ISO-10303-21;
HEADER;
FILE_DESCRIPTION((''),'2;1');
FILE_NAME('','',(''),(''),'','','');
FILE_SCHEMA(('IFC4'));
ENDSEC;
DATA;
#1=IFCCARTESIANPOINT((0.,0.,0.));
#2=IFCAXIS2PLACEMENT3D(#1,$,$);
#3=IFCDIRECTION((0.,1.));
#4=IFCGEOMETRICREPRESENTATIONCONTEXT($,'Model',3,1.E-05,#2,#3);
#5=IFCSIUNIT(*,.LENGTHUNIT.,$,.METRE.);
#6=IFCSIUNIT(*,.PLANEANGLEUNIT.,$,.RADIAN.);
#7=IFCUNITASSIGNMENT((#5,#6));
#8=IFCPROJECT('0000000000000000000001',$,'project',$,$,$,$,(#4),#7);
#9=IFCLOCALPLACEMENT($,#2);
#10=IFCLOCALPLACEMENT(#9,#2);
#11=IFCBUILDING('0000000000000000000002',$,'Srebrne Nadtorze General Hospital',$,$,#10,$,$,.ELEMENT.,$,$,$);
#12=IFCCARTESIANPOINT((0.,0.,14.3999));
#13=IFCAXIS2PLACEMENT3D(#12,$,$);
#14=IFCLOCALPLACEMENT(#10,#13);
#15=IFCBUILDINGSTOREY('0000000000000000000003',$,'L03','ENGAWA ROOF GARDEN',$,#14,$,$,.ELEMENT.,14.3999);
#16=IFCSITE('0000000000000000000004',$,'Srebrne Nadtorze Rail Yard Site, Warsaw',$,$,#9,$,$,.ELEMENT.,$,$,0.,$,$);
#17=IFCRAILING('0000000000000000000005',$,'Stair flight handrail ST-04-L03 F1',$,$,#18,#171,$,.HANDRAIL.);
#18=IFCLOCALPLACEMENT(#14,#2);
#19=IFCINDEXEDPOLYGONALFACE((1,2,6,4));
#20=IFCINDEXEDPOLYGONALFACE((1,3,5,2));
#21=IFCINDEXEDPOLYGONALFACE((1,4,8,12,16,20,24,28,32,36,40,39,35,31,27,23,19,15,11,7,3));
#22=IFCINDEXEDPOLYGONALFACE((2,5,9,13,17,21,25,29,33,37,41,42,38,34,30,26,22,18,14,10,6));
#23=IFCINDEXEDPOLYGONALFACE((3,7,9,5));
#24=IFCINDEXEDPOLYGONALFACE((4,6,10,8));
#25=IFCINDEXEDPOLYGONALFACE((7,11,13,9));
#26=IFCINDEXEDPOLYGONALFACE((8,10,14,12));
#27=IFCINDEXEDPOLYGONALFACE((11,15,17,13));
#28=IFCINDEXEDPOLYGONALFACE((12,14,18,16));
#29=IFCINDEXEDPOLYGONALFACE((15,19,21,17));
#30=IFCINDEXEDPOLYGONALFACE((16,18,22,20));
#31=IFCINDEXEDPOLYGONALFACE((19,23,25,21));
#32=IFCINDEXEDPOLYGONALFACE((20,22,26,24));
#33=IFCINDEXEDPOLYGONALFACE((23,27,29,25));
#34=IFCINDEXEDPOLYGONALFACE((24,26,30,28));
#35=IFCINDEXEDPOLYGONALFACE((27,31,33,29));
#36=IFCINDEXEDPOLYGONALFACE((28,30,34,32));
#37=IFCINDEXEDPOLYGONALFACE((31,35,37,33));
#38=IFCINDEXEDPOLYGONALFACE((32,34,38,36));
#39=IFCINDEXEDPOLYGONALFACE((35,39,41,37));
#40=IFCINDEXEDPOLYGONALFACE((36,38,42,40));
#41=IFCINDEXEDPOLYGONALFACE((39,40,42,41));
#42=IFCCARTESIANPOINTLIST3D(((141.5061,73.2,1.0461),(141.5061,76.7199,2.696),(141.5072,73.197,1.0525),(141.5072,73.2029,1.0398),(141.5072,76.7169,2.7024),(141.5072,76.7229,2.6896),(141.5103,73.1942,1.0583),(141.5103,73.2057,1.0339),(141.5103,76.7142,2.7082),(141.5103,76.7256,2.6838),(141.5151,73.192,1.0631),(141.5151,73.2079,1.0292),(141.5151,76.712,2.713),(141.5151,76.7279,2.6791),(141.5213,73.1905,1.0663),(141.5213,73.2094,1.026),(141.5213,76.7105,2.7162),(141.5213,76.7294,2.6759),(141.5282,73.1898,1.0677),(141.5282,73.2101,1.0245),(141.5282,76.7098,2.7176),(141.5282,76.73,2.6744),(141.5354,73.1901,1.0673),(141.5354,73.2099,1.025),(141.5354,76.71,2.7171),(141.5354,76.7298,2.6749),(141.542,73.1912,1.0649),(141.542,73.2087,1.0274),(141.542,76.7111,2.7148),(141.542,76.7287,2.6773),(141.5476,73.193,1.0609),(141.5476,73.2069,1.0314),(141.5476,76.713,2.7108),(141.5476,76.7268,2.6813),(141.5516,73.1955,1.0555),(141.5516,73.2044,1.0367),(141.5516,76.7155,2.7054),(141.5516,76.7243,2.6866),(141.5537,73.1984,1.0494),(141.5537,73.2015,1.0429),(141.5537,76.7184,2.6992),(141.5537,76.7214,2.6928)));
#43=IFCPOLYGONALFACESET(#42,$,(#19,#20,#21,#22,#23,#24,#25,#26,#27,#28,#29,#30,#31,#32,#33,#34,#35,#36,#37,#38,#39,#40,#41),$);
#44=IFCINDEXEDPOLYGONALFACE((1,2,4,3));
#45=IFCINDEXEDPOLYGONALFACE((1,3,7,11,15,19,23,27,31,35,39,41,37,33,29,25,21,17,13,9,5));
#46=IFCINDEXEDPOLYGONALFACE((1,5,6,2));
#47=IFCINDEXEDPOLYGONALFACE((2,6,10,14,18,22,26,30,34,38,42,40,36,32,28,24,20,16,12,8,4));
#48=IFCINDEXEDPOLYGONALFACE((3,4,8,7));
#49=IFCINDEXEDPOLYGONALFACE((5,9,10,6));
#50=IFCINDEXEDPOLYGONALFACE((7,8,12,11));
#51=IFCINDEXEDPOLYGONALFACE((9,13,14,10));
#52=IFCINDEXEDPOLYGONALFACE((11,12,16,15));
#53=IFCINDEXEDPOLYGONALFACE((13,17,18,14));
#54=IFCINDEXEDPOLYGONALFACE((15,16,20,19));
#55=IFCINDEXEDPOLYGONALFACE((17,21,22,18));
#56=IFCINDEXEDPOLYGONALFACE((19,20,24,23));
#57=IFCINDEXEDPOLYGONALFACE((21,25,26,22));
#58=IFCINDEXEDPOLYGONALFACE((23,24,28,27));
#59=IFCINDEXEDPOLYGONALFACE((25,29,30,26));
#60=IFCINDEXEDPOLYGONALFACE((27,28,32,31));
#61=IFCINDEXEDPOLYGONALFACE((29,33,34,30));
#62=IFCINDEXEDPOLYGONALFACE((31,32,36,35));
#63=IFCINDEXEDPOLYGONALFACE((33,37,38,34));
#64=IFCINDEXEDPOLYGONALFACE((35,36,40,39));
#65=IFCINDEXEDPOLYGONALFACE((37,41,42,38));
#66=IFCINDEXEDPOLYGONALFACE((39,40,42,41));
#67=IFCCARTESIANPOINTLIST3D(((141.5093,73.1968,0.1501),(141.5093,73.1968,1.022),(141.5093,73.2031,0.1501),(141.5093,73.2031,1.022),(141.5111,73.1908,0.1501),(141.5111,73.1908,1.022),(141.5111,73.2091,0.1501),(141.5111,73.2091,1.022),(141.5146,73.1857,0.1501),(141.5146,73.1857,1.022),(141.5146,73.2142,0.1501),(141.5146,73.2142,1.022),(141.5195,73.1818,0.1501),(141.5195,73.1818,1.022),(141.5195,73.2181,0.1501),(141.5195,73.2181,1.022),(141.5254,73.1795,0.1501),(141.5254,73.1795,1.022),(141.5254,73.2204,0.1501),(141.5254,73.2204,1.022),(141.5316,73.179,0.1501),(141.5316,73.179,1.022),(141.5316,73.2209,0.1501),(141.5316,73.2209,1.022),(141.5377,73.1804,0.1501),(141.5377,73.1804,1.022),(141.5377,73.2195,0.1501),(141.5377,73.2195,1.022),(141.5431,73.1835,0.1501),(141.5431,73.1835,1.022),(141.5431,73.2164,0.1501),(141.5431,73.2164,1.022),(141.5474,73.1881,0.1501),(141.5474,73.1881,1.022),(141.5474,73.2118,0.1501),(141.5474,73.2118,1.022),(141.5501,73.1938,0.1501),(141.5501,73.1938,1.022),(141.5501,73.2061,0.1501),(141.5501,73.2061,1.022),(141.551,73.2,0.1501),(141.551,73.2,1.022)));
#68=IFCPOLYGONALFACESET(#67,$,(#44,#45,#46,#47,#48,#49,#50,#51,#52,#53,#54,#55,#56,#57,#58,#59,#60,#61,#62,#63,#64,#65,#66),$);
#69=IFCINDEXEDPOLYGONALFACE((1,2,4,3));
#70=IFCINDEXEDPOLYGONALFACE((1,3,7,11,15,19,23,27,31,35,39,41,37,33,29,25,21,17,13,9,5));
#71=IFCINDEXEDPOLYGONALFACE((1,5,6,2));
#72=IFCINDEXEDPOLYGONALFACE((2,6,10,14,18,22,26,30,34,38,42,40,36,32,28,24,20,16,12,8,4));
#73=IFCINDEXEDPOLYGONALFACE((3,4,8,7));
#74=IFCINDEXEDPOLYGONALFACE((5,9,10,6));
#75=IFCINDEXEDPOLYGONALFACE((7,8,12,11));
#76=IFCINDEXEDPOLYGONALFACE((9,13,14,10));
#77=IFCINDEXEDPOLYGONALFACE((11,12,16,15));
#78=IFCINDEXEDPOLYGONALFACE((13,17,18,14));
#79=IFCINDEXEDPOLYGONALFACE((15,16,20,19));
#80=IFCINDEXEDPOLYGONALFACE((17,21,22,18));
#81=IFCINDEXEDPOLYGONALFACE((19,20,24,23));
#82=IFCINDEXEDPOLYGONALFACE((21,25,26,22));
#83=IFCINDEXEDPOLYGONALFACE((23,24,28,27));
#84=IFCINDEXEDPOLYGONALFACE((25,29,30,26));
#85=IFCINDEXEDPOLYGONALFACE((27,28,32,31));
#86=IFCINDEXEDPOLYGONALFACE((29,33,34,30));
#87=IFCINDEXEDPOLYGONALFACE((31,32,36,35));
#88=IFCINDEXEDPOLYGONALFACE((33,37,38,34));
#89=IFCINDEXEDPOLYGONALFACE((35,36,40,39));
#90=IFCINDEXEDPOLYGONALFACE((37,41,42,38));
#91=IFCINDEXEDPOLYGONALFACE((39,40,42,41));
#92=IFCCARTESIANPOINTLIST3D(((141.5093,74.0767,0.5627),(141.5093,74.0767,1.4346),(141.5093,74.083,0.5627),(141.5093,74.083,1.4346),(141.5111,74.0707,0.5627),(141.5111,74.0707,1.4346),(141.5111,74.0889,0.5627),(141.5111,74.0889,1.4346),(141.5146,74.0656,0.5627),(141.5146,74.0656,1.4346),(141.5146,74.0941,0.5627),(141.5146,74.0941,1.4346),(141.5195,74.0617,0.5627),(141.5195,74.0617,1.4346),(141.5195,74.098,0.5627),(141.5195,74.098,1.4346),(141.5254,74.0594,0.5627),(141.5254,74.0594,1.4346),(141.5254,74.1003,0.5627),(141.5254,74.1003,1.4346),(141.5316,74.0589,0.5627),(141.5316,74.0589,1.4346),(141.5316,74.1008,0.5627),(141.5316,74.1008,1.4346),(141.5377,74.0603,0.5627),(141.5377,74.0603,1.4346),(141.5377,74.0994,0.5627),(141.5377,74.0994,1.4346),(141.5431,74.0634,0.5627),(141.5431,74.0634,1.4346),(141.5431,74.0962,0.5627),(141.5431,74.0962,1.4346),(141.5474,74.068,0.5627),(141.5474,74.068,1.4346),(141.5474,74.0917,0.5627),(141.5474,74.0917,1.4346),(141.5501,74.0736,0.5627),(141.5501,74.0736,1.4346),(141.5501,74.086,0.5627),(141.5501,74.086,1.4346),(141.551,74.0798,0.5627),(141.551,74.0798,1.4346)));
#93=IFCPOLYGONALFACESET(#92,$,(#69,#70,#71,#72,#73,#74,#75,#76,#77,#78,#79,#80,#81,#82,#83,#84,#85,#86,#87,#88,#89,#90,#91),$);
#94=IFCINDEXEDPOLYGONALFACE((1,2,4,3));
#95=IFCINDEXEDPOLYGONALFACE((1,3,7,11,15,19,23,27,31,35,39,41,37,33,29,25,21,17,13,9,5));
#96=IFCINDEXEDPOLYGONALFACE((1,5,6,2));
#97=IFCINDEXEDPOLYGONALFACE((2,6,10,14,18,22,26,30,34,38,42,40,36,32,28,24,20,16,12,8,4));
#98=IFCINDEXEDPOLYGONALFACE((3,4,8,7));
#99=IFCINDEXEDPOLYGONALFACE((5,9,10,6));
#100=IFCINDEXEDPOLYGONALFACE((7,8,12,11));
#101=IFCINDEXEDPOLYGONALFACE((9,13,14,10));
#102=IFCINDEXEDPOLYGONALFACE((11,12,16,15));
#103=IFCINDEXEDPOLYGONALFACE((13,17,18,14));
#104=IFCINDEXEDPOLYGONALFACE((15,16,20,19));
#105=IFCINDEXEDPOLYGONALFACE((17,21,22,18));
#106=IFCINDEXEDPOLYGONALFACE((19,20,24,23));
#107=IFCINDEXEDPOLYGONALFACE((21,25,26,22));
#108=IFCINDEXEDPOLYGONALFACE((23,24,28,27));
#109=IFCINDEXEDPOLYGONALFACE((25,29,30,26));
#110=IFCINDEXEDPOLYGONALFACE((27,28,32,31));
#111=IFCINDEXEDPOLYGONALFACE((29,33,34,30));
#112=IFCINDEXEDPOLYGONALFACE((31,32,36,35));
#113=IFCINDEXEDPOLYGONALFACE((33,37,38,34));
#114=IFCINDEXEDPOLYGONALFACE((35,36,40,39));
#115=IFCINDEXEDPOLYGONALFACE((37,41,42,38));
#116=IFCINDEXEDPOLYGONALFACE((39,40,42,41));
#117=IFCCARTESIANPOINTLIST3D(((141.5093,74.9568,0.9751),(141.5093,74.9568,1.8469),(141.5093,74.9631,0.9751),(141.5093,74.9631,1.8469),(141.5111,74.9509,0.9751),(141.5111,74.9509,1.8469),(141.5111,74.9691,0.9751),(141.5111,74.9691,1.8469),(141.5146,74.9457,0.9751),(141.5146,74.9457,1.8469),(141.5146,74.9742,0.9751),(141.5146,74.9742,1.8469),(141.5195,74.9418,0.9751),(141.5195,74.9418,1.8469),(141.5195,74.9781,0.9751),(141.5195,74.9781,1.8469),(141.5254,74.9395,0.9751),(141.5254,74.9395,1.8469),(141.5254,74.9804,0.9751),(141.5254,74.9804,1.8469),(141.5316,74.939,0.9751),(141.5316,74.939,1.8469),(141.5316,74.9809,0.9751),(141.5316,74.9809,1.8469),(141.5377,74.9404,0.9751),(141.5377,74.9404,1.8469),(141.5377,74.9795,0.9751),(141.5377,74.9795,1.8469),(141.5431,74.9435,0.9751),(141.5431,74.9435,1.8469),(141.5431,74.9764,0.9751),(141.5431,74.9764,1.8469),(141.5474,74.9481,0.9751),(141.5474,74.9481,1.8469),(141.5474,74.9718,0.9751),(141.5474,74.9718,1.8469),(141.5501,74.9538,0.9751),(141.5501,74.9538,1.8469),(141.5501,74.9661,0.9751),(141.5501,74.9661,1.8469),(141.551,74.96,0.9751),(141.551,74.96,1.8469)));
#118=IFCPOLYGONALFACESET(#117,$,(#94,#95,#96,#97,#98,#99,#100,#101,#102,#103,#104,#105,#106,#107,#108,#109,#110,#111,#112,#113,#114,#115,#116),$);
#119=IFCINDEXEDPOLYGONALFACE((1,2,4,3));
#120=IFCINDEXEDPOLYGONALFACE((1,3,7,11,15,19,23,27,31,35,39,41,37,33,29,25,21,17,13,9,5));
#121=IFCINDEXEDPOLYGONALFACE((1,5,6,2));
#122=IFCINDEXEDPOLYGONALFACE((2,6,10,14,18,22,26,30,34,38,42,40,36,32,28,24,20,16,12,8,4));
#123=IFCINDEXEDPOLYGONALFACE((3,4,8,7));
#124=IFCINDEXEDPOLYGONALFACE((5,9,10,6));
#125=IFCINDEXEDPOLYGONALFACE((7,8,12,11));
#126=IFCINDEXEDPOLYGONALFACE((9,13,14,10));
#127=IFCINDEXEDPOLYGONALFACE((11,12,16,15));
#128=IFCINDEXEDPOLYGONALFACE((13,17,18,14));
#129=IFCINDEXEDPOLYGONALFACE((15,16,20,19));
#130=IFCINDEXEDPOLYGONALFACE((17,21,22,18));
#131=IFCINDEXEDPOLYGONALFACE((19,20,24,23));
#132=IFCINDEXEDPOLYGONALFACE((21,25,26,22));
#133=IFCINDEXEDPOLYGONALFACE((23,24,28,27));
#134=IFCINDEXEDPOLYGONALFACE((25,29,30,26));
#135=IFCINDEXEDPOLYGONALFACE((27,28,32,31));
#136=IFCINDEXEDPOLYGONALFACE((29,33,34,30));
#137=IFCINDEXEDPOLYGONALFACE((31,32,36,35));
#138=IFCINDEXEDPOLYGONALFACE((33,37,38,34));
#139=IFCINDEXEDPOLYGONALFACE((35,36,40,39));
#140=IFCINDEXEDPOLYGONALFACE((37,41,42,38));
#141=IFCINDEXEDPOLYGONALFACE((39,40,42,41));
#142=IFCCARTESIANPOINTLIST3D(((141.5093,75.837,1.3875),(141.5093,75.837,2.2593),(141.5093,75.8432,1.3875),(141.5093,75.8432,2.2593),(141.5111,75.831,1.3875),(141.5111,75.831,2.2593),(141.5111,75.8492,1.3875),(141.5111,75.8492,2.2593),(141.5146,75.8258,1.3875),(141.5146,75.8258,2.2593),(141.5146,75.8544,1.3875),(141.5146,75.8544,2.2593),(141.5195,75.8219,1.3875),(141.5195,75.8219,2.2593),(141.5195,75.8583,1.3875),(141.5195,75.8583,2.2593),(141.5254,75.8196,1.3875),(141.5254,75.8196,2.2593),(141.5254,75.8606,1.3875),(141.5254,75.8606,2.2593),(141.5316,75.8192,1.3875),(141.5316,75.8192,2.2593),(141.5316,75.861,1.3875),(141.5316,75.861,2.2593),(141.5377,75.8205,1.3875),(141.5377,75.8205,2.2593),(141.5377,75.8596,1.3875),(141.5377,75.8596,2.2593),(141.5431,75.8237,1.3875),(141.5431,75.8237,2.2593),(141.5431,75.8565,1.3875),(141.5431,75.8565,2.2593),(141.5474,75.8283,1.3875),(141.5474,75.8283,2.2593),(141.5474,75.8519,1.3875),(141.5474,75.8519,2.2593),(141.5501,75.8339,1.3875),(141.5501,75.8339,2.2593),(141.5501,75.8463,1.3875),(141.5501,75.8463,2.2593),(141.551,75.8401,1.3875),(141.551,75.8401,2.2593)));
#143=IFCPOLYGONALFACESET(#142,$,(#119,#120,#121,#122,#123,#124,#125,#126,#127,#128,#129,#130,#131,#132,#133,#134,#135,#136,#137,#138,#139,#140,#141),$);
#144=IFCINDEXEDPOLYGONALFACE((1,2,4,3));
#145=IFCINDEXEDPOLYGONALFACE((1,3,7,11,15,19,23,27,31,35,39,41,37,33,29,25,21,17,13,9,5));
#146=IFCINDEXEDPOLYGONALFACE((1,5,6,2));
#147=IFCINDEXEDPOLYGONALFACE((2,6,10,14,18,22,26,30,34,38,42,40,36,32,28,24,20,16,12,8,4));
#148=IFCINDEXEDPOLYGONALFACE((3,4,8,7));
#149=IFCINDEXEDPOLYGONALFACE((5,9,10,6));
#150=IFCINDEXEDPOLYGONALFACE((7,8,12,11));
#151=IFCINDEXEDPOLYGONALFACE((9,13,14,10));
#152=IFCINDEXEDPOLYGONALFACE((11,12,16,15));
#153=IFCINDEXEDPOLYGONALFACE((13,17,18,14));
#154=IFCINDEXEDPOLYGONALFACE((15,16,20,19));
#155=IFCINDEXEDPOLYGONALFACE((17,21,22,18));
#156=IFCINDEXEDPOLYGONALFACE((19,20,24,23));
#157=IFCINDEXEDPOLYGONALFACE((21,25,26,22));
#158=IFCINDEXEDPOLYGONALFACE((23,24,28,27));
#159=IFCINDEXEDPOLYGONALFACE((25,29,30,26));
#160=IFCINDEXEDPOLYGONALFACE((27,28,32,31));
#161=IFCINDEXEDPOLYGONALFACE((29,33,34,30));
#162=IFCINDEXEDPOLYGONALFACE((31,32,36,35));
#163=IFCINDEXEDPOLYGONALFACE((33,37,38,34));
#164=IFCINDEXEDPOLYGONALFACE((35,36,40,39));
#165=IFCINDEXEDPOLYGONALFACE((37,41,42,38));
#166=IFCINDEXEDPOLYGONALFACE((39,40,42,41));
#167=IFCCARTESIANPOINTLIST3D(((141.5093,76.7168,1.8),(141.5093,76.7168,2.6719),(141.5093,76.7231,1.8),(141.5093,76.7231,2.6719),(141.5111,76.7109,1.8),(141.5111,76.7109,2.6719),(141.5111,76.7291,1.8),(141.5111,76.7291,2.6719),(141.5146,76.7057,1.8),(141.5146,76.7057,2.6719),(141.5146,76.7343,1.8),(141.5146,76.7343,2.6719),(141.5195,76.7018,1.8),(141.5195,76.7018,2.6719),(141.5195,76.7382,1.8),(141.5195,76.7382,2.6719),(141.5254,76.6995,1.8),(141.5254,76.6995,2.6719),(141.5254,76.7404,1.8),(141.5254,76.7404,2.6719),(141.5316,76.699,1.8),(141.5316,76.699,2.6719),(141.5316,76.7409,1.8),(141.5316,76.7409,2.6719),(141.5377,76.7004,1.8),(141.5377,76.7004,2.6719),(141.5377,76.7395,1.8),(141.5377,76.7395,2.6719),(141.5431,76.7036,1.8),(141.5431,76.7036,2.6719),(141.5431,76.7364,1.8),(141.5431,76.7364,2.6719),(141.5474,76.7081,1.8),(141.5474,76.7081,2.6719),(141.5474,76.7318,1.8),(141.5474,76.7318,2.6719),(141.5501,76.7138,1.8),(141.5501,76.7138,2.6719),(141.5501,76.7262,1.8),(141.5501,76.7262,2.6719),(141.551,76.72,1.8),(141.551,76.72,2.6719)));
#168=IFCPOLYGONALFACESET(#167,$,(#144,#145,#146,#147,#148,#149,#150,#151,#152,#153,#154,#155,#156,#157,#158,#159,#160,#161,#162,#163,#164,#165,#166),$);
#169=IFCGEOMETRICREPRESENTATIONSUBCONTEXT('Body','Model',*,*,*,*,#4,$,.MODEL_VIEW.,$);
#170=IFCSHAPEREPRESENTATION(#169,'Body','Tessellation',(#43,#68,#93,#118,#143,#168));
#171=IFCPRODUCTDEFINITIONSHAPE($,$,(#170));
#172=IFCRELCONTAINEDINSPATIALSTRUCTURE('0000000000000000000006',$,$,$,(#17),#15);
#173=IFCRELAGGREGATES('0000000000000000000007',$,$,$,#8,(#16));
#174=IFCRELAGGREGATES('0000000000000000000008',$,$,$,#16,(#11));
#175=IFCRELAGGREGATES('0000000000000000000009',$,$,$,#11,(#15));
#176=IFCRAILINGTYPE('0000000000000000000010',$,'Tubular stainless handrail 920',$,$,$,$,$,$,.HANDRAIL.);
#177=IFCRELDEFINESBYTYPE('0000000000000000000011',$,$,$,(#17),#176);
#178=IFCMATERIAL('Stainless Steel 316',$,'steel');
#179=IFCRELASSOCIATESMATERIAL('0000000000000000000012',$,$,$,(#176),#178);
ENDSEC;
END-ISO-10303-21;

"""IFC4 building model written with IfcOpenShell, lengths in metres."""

from ifc_helpers import new_model, si_unit, direction, frame, origin, origin_2d, place, context, subcontext, project, spatial, circle, extrude, material, type_object, element, save


model = new_model("IFC4")

# Units and contexts
model_context = context("Model", 3, precision=1e-05, world=origin(), true_north=direction((0.0, 1.0)))
body_context = subcontext(model_context, "Body", "Model", "MODEL_VIEW")
ifc_project = project(units=[si_unit("LENGTHUNIT", "METRE"), si_unit("PLANEANGLEUNIT", "RADIAN")], contexts=[model_context])

# Site, building, storey
site_placement = place(None, origin())
site = spatial("IfcSite", under=ifc_project, at=site_placement, Name="Srebrne Nadtorze Rail Yard Site, Warsaw", CompositionType="ELEMENT", RefElevation=0.0)
building_placement = place(site_placement, origin())
building = spatial("IfcBuilding", under=site, at=building_placement, Name="Srebrne Nadtorze General Hospital", CompositionType="ELEMENT")
storey_placement = place(building_placement, frame((0.0, 0.0, 14.3999)))
storey = spatial("IfcBuildingStorey", under=building, at=storey_placement, Name="L03", Description="ENGAWA ROOF GARDEN", CompositionType="ELEMENT", Elevation=14.3999)

# Railing
ifc_material_1 = material(Name="Stainless Steel 316", Category="steel")
railing_type = type_object("IfcRailingType", Name="Tubular stainless handrail 920", PredefinedType="HANDRAIL", material=ifc_material_1)
railing_placement = place(storey_placement, frame((141.53, 73.2, 0.1501)))
element("IfcRailing", 1, at=railing_placement, inside=storey, type_object=railing_type, Name="Stair flight handrail ST-04-L03 F1", PredefinedType="HANDRAIL", context=body_context, shape_type="SweptSolid", body=[
    extrude(circle(Radius=0.0239, at=origin_2d()), frame((0.0, 0.0, 0.896), z_axis=(0.0, 0.905469, 0.424411), x_axis=(-1.0, 0.0, 0.0)), (0.0, 0.0, 1.0), 3.8875),
    extrude(circle(Radius=0.021, at=origin_2d()), origin(), (0.0, 0.0, 1.0), 0.8718),
    extrude(circle(Radius=0.021, at=origin_2d()), frame((0.0, 0.8799, 0.4126)), (0.0, 0.0, 1.0), 0.8718),
    extrude(circle(Radius=0.021, at=origin_2d()), frame((0.0, 1.76, 0.825)), (0.0, 0.0, 1.0), 0.8718),
    extrude(circle(Radius=0.021, at=origin_2d()), frame((0.0, 2.6401, 1.2373)), (0.0, 0.0, 1.0), 0.8718),
    extrude(circle(Radius=0.021, at=origin_2d()), frame((0.0, 3.52, 1.6499)), (0.0, 0.0, 1.0), 0.8718),
])

save(model, "model.ifc")
